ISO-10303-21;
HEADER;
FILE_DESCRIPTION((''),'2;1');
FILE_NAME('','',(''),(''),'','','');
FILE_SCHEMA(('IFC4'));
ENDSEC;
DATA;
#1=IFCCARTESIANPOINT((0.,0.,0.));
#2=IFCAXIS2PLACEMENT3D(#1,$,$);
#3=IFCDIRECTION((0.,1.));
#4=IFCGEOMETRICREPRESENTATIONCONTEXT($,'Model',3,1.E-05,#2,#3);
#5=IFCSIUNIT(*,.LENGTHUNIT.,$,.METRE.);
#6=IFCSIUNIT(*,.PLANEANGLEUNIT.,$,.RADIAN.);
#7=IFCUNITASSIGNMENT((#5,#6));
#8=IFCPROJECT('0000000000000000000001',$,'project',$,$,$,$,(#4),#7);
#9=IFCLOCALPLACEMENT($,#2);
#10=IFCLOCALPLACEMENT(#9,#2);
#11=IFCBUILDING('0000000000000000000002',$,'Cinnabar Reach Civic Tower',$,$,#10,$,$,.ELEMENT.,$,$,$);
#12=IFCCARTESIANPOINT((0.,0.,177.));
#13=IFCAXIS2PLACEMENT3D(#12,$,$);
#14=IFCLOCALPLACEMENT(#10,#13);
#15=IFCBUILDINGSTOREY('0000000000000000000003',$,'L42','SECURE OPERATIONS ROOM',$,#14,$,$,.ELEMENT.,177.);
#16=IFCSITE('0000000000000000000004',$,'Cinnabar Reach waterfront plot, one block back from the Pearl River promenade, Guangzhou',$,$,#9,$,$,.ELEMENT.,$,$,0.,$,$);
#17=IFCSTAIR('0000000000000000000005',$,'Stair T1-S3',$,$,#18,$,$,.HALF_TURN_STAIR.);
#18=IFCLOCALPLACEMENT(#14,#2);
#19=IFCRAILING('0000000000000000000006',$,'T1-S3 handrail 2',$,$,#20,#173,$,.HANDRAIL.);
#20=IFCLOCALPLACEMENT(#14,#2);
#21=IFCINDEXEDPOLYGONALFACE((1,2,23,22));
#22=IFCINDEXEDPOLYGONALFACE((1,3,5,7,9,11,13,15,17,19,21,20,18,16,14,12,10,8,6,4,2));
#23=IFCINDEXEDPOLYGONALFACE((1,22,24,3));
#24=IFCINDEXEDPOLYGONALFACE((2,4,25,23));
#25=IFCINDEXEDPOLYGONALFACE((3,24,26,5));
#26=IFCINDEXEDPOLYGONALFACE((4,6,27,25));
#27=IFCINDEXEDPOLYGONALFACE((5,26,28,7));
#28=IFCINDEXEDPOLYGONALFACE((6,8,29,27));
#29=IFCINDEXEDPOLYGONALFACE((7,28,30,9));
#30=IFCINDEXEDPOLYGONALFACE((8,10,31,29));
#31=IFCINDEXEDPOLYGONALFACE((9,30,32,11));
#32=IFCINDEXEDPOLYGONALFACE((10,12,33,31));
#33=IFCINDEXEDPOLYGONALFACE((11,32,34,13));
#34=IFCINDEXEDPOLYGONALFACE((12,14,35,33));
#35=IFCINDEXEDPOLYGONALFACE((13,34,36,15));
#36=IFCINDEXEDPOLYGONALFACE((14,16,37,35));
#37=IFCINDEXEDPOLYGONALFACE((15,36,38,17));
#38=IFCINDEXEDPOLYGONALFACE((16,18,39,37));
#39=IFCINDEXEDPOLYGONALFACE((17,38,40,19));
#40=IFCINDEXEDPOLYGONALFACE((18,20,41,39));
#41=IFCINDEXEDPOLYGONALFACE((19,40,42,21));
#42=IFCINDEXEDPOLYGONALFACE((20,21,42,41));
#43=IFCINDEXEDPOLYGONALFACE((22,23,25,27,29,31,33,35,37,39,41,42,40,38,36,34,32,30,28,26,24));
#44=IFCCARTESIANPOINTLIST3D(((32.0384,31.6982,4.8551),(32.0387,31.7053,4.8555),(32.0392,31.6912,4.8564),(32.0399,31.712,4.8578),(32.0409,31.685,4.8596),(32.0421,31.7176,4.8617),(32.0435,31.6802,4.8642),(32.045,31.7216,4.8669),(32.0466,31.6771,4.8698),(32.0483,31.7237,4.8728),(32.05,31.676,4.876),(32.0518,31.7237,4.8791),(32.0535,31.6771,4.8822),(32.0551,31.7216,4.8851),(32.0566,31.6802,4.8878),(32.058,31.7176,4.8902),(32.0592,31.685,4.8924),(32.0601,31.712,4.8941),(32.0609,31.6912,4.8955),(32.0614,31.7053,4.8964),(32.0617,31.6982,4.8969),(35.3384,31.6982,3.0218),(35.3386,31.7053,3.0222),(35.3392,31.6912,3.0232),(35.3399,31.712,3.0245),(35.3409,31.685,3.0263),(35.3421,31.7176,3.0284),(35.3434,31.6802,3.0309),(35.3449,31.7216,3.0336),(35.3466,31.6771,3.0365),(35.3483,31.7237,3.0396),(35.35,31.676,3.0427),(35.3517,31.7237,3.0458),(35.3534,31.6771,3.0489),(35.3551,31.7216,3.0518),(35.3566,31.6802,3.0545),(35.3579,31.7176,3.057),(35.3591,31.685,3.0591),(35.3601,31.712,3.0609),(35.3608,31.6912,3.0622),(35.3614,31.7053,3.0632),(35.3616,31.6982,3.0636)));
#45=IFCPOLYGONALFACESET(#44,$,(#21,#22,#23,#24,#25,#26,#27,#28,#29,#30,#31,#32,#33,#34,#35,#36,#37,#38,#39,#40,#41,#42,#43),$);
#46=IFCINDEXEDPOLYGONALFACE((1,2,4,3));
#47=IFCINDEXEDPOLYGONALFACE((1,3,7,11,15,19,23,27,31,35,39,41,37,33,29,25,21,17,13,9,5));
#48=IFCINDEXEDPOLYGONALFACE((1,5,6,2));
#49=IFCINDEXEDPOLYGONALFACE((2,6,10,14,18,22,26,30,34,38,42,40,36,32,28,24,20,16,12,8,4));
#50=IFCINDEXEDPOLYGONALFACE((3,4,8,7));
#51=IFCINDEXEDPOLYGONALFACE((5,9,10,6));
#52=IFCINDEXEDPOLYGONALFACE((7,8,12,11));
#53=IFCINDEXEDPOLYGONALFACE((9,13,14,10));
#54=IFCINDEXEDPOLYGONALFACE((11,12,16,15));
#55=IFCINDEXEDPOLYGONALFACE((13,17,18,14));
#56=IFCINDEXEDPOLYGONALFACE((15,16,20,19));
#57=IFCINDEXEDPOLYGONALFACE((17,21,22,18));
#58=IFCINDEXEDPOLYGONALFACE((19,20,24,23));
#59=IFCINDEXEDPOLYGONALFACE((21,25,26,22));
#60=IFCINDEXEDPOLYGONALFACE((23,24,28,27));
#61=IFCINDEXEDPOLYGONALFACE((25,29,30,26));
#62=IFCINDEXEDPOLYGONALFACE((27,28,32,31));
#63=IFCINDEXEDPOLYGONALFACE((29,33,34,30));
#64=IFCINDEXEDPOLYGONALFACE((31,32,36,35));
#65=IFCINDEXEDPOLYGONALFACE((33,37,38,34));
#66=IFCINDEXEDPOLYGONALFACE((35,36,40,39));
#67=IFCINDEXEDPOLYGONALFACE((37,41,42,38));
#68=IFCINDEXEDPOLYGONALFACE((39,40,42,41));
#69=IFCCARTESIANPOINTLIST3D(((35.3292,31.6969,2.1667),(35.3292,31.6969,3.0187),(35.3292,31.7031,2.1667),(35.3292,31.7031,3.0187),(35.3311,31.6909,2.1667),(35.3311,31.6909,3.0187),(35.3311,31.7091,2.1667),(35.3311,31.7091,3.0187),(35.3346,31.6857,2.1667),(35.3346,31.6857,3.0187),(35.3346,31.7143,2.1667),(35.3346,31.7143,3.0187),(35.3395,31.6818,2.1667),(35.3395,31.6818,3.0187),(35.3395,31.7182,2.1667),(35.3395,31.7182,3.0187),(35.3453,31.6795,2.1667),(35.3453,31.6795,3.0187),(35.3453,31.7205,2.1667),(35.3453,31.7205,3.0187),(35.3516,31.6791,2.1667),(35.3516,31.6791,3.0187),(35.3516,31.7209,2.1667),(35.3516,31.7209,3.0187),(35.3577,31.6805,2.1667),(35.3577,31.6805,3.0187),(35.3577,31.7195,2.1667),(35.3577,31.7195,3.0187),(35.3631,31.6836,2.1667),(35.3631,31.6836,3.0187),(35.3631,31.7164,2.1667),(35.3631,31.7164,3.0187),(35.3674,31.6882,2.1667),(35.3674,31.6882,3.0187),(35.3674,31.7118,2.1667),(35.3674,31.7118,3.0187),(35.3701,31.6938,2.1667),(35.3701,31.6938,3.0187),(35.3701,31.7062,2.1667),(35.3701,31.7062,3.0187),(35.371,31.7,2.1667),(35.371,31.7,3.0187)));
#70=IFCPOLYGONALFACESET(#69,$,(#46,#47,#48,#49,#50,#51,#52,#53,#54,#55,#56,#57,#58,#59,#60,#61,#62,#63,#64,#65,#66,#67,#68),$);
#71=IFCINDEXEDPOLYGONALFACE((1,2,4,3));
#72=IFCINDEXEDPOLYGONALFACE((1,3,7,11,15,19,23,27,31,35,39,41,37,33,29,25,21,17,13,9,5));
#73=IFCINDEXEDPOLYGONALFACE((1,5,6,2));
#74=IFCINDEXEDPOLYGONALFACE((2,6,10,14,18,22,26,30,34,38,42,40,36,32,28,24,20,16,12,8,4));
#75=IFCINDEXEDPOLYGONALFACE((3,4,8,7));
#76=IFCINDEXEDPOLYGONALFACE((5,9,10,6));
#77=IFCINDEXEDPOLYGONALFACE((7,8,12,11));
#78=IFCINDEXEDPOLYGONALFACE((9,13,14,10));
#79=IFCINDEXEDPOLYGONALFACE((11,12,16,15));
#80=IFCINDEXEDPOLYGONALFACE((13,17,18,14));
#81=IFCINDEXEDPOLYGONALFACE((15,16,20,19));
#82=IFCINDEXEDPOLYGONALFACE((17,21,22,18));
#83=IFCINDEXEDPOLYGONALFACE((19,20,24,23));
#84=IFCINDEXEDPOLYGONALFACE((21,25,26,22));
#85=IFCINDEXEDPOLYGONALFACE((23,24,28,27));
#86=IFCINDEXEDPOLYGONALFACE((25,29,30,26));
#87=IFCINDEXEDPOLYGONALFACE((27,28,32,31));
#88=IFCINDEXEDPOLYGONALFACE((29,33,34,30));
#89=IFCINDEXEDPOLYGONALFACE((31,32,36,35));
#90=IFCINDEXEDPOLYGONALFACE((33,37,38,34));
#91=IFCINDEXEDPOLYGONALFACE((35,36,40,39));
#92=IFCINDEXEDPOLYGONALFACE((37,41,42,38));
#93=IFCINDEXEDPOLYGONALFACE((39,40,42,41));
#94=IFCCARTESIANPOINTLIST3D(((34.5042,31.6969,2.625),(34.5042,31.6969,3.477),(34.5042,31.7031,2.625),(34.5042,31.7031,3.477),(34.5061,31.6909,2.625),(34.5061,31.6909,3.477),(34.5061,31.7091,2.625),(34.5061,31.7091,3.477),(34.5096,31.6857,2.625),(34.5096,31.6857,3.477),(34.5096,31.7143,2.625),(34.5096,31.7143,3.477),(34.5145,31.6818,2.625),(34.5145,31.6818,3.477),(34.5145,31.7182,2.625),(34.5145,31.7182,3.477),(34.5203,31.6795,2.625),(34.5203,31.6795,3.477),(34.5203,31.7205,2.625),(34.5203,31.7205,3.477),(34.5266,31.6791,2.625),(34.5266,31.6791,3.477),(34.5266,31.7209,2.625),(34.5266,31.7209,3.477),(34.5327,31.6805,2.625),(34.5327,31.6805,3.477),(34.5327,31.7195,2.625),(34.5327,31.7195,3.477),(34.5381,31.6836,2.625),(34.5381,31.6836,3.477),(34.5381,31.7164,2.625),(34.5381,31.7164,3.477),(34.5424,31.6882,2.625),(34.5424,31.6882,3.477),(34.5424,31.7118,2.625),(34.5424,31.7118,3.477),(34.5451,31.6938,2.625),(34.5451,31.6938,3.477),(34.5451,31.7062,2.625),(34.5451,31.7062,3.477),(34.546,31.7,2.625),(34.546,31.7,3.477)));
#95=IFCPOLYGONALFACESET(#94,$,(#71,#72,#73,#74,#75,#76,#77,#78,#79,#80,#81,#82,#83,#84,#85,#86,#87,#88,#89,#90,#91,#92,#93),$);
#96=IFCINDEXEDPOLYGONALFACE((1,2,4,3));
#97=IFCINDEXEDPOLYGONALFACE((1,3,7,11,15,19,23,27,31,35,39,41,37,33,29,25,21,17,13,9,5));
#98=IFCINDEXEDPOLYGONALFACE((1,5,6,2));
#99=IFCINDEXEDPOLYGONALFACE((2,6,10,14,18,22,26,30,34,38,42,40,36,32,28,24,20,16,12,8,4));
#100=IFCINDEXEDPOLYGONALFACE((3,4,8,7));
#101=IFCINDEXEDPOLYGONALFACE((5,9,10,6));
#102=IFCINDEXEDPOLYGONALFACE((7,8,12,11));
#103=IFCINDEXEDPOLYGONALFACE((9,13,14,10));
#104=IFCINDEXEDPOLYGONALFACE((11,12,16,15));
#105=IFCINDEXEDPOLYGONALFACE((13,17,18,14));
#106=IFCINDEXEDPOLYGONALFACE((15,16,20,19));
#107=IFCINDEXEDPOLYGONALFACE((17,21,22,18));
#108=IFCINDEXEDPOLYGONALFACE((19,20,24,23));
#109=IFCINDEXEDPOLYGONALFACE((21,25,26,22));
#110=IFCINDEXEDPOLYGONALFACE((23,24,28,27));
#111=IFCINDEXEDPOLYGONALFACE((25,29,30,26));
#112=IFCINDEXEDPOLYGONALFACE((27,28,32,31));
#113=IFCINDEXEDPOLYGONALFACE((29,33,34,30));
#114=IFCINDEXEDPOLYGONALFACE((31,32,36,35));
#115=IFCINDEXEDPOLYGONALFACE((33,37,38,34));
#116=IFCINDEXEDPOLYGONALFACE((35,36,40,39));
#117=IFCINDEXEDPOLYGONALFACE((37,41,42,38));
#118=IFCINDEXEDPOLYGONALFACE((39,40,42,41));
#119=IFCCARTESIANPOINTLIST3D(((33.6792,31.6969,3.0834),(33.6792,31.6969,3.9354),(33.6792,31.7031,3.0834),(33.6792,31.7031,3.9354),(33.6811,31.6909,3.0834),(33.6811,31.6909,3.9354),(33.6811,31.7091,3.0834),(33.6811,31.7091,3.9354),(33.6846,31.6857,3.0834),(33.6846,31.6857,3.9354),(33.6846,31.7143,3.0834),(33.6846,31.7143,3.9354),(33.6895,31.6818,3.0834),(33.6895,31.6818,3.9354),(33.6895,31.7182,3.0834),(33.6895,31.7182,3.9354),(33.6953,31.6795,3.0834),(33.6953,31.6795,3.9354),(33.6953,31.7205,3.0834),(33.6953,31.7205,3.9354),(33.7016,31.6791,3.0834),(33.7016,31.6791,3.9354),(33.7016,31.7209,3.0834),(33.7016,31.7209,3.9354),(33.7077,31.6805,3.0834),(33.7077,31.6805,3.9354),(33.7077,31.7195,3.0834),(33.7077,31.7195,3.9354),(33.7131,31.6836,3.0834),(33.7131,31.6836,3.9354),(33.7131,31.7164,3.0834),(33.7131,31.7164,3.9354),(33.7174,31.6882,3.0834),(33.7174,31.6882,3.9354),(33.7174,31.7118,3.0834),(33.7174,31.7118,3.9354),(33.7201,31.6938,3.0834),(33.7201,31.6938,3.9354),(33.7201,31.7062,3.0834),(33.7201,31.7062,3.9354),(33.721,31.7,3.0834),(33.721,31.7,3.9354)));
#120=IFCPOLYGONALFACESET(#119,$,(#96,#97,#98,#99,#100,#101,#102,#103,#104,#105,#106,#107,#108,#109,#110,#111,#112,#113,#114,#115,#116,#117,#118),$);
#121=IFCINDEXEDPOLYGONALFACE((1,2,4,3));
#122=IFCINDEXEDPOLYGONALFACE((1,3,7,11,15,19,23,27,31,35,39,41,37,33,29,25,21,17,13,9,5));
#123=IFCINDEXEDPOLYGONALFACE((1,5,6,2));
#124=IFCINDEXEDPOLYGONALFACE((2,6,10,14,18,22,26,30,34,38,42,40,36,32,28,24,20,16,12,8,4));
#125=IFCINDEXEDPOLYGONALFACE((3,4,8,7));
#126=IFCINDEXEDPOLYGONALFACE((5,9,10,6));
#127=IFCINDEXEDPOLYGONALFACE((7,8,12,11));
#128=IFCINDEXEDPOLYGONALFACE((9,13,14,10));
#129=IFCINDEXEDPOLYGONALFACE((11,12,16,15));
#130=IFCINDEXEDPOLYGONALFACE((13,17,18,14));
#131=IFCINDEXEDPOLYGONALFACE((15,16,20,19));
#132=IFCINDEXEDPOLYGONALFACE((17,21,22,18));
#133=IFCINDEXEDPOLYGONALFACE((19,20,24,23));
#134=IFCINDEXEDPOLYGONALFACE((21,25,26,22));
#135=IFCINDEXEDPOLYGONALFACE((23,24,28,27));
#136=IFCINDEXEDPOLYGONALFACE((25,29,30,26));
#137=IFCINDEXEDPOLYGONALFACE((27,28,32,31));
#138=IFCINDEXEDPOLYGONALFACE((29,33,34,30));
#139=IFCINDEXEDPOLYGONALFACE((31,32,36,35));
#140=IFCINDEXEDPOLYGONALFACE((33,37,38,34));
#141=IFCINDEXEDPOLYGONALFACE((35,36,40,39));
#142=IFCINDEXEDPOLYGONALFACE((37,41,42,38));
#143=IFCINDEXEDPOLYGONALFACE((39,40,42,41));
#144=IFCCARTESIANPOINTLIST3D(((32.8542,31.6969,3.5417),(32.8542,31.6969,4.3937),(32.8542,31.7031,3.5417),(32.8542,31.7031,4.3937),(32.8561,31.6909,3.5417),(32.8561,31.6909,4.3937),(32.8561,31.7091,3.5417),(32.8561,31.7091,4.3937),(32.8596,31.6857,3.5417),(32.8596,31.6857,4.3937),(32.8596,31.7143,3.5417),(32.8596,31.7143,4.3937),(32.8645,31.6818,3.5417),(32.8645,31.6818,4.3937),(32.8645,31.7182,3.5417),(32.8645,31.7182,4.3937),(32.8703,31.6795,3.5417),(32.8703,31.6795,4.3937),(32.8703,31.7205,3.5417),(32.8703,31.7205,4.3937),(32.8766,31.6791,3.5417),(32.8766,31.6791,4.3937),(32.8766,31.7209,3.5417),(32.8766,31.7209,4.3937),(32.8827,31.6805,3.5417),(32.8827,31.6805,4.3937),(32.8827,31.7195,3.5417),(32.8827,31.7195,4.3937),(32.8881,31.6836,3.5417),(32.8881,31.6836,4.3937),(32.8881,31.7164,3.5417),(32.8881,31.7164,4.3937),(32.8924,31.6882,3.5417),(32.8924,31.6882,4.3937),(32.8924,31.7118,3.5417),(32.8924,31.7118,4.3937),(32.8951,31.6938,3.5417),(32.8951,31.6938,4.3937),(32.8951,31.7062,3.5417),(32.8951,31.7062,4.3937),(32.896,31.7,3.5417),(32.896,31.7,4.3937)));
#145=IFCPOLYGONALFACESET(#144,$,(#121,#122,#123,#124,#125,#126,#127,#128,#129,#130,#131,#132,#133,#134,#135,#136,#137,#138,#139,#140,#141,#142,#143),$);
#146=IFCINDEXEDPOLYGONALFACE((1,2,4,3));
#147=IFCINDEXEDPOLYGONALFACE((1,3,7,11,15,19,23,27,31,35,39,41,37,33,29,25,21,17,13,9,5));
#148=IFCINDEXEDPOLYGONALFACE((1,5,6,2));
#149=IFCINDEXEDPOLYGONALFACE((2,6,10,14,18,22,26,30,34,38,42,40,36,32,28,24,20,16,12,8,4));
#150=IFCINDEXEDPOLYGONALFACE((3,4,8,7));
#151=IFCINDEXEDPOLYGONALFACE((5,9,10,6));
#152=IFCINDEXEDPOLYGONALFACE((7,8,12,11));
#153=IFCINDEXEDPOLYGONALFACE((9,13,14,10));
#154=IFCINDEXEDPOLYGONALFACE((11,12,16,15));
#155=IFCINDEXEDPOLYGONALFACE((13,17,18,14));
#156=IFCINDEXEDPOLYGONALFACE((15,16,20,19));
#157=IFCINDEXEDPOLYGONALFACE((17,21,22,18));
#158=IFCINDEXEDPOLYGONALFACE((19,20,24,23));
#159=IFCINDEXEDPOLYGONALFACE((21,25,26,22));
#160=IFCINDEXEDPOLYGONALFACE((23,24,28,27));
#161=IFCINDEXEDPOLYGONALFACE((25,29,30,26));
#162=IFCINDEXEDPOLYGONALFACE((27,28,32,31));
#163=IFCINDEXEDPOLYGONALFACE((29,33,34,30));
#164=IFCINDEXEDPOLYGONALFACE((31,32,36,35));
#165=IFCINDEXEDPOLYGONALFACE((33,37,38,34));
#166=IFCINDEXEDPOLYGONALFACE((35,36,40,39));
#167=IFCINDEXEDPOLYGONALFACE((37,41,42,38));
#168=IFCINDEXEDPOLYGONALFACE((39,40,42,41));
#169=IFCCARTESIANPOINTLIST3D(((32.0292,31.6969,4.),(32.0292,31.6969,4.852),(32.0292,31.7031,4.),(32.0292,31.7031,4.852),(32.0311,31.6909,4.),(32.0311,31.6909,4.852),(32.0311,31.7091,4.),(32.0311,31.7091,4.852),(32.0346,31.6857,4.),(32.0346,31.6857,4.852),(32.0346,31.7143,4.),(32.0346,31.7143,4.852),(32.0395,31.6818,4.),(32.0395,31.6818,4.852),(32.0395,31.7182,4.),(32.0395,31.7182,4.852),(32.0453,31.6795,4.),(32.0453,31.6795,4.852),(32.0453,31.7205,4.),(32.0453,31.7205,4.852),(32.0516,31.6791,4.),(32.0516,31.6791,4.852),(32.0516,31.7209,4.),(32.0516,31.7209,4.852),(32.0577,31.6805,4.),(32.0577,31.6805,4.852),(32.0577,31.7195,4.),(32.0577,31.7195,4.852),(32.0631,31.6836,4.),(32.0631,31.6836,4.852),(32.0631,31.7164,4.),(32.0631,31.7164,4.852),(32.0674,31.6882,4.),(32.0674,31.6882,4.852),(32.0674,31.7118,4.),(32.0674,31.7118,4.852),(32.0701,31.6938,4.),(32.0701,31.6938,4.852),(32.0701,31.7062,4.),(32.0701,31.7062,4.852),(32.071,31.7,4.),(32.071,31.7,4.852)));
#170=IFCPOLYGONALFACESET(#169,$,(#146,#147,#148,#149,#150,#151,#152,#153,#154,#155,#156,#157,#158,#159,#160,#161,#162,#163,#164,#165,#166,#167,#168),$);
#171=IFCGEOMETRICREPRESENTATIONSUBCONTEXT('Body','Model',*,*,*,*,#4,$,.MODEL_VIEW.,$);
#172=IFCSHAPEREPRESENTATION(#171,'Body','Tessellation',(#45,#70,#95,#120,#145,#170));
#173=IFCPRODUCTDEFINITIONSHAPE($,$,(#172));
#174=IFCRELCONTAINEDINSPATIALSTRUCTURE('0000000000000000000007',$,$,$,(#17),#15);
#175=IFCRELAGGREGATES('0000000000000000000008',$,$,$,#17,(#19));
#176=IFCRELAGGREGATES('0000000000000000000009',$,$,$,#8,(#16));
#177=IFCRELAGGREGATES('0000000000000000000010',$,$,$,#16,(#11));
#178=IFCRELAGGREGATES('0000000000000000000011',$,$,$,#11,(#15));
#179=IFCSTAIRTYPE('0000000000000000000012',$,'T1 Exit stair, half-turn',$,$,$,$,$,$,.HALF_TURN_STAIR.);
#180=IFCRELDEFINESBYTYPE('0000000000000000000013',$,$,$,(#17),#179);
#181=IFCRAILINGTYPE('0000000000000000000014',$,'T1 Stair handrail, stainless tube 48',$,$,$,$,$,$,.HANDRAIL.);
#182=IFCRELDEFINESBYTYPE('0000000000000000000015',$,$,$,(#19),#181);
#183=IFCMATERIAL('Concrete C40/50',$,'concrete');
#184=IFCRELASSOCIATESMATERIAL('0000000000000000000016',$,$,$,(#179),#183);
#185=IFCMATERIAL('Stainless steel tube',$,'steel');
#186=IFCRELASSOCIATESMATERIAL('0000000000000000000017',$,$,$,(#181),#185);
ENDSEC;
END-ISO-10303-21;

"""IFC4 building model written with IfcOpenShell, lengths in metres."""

from ifc_helpers import new_model, si_unit, direction, frame, origin, origin_2d, place, context, subcontext, project, spatial, circle, extrude, material, type_object, element, aggregate, save


model = new_model("IFC4")

# Units and contexts
model_context = context("Model", 3, precision=1e-05, world=origin(), true_north=direction((0.0, 1.0)))
body_context = subcontext(model_context, "Body", "Model", "MODEL_VIEW")
ifc_project = project(units=[si_unit("LENGTHUNIT", "METRE"), si_unit("PLANEANGLEUNIT", "RADIAN")], contexts=[model_context])

# Site, building, storey
site_placement = place(None, origin())
site = spatial("IfcSite", under=ifc_project, at=site_placement, Name="Cinnabar Reach waterfront plot, one block back from the Pearl River promenade, Guangzhou", CompositionType="ELEMENT", RefElevation=0.0)
building_placement = place(site_placement, origin())
building = spatial("IfcBuilding", under=site, at=building_placement, Name="Cinnabar Reach Civic Tower", CompositionType="ELEMENT")
storey_placement = place(building_placement, frame((0.0, 0.0, 177.0)))
storey = spatial("IfcBuildingStorey", under=building, at=storey_placement, Name="L42", Description="SECURE OPERATIONS ROOM", CompositionType="ELEMENT", Elevation=177.0)

# Stair, railing
ifc_material_1 = material(Name="Concrete C40/50", Category="concrete")
stair_type = type_object("IfcStairType", Name="T1 Exit stair, half-turn", PredefinedType="HALF_TURN_STAIR", material=ifc_material_1)
stair_placement = place(storey_placement, origin())
stair = element("IfcStair", 1, at=stair_placement, inside=storey, type_object=stair_type, Name="Stair T1-S3", PredefinedType="HALF_TURN_STAIR")
ifc_material_2 = material(Name="Stainless steel tube", Category="steel")
railing_type = type_object("IfcRailingType", Name="T1 Stair handrail, stainless tube 48", PredefinedType="HANDRAIL", material=ifc_material_2)
railing_placement = place(storey_placement, frame((35.35, 31.7, 2.1667)))
railing = element("IfcRailing", 2, at=railing_placement, type_object=railing_type, Name="T1-S3 handrail 2", PredefinedType="HANDRAIL", context=body_context, shape_type="SweptSolid", body=[
    extrude(circle(Radius=0.024, at=origin_2d()), frame((0.0, 0.0, 0.876), z_axis=(-0.874161, 0.0, 0.485636), x_axis=(0.0, -1.0, 0.0)), (0.0, 0.0, 1.0), 3.775),
    extrude(circle(Radius=0.021, at=origin_2d()), origin(), (0.0, 0.0, 1.0), 0.852),
    extrude(circle(Radius=0.021, at=origin_2d()), frame((-0.825, 0.0, 0.4583)), (0.0, 0.0, 1.0), 0.852),
    extrude(circle(Radius=0.021, at=origin_2d()), frame((-1.65, 0.0, 0.9167)), (0.0, 0.0, 1.0), 0.852),
    extrude(circle(Radius=0.021, at=origin_2d()), frame((-2.475, 0.0, 1.375)), (0.0, 0.0, 1.0), 0.852),
    extrude(circle(Radius=0.021, at=origin_2d()), frame((-3.3, 0.0, 1.8333)), (0.0, 0.0, 1.0), 0.852),
])
aggregate(stair, [railing])

save(model, "model.ifc")
